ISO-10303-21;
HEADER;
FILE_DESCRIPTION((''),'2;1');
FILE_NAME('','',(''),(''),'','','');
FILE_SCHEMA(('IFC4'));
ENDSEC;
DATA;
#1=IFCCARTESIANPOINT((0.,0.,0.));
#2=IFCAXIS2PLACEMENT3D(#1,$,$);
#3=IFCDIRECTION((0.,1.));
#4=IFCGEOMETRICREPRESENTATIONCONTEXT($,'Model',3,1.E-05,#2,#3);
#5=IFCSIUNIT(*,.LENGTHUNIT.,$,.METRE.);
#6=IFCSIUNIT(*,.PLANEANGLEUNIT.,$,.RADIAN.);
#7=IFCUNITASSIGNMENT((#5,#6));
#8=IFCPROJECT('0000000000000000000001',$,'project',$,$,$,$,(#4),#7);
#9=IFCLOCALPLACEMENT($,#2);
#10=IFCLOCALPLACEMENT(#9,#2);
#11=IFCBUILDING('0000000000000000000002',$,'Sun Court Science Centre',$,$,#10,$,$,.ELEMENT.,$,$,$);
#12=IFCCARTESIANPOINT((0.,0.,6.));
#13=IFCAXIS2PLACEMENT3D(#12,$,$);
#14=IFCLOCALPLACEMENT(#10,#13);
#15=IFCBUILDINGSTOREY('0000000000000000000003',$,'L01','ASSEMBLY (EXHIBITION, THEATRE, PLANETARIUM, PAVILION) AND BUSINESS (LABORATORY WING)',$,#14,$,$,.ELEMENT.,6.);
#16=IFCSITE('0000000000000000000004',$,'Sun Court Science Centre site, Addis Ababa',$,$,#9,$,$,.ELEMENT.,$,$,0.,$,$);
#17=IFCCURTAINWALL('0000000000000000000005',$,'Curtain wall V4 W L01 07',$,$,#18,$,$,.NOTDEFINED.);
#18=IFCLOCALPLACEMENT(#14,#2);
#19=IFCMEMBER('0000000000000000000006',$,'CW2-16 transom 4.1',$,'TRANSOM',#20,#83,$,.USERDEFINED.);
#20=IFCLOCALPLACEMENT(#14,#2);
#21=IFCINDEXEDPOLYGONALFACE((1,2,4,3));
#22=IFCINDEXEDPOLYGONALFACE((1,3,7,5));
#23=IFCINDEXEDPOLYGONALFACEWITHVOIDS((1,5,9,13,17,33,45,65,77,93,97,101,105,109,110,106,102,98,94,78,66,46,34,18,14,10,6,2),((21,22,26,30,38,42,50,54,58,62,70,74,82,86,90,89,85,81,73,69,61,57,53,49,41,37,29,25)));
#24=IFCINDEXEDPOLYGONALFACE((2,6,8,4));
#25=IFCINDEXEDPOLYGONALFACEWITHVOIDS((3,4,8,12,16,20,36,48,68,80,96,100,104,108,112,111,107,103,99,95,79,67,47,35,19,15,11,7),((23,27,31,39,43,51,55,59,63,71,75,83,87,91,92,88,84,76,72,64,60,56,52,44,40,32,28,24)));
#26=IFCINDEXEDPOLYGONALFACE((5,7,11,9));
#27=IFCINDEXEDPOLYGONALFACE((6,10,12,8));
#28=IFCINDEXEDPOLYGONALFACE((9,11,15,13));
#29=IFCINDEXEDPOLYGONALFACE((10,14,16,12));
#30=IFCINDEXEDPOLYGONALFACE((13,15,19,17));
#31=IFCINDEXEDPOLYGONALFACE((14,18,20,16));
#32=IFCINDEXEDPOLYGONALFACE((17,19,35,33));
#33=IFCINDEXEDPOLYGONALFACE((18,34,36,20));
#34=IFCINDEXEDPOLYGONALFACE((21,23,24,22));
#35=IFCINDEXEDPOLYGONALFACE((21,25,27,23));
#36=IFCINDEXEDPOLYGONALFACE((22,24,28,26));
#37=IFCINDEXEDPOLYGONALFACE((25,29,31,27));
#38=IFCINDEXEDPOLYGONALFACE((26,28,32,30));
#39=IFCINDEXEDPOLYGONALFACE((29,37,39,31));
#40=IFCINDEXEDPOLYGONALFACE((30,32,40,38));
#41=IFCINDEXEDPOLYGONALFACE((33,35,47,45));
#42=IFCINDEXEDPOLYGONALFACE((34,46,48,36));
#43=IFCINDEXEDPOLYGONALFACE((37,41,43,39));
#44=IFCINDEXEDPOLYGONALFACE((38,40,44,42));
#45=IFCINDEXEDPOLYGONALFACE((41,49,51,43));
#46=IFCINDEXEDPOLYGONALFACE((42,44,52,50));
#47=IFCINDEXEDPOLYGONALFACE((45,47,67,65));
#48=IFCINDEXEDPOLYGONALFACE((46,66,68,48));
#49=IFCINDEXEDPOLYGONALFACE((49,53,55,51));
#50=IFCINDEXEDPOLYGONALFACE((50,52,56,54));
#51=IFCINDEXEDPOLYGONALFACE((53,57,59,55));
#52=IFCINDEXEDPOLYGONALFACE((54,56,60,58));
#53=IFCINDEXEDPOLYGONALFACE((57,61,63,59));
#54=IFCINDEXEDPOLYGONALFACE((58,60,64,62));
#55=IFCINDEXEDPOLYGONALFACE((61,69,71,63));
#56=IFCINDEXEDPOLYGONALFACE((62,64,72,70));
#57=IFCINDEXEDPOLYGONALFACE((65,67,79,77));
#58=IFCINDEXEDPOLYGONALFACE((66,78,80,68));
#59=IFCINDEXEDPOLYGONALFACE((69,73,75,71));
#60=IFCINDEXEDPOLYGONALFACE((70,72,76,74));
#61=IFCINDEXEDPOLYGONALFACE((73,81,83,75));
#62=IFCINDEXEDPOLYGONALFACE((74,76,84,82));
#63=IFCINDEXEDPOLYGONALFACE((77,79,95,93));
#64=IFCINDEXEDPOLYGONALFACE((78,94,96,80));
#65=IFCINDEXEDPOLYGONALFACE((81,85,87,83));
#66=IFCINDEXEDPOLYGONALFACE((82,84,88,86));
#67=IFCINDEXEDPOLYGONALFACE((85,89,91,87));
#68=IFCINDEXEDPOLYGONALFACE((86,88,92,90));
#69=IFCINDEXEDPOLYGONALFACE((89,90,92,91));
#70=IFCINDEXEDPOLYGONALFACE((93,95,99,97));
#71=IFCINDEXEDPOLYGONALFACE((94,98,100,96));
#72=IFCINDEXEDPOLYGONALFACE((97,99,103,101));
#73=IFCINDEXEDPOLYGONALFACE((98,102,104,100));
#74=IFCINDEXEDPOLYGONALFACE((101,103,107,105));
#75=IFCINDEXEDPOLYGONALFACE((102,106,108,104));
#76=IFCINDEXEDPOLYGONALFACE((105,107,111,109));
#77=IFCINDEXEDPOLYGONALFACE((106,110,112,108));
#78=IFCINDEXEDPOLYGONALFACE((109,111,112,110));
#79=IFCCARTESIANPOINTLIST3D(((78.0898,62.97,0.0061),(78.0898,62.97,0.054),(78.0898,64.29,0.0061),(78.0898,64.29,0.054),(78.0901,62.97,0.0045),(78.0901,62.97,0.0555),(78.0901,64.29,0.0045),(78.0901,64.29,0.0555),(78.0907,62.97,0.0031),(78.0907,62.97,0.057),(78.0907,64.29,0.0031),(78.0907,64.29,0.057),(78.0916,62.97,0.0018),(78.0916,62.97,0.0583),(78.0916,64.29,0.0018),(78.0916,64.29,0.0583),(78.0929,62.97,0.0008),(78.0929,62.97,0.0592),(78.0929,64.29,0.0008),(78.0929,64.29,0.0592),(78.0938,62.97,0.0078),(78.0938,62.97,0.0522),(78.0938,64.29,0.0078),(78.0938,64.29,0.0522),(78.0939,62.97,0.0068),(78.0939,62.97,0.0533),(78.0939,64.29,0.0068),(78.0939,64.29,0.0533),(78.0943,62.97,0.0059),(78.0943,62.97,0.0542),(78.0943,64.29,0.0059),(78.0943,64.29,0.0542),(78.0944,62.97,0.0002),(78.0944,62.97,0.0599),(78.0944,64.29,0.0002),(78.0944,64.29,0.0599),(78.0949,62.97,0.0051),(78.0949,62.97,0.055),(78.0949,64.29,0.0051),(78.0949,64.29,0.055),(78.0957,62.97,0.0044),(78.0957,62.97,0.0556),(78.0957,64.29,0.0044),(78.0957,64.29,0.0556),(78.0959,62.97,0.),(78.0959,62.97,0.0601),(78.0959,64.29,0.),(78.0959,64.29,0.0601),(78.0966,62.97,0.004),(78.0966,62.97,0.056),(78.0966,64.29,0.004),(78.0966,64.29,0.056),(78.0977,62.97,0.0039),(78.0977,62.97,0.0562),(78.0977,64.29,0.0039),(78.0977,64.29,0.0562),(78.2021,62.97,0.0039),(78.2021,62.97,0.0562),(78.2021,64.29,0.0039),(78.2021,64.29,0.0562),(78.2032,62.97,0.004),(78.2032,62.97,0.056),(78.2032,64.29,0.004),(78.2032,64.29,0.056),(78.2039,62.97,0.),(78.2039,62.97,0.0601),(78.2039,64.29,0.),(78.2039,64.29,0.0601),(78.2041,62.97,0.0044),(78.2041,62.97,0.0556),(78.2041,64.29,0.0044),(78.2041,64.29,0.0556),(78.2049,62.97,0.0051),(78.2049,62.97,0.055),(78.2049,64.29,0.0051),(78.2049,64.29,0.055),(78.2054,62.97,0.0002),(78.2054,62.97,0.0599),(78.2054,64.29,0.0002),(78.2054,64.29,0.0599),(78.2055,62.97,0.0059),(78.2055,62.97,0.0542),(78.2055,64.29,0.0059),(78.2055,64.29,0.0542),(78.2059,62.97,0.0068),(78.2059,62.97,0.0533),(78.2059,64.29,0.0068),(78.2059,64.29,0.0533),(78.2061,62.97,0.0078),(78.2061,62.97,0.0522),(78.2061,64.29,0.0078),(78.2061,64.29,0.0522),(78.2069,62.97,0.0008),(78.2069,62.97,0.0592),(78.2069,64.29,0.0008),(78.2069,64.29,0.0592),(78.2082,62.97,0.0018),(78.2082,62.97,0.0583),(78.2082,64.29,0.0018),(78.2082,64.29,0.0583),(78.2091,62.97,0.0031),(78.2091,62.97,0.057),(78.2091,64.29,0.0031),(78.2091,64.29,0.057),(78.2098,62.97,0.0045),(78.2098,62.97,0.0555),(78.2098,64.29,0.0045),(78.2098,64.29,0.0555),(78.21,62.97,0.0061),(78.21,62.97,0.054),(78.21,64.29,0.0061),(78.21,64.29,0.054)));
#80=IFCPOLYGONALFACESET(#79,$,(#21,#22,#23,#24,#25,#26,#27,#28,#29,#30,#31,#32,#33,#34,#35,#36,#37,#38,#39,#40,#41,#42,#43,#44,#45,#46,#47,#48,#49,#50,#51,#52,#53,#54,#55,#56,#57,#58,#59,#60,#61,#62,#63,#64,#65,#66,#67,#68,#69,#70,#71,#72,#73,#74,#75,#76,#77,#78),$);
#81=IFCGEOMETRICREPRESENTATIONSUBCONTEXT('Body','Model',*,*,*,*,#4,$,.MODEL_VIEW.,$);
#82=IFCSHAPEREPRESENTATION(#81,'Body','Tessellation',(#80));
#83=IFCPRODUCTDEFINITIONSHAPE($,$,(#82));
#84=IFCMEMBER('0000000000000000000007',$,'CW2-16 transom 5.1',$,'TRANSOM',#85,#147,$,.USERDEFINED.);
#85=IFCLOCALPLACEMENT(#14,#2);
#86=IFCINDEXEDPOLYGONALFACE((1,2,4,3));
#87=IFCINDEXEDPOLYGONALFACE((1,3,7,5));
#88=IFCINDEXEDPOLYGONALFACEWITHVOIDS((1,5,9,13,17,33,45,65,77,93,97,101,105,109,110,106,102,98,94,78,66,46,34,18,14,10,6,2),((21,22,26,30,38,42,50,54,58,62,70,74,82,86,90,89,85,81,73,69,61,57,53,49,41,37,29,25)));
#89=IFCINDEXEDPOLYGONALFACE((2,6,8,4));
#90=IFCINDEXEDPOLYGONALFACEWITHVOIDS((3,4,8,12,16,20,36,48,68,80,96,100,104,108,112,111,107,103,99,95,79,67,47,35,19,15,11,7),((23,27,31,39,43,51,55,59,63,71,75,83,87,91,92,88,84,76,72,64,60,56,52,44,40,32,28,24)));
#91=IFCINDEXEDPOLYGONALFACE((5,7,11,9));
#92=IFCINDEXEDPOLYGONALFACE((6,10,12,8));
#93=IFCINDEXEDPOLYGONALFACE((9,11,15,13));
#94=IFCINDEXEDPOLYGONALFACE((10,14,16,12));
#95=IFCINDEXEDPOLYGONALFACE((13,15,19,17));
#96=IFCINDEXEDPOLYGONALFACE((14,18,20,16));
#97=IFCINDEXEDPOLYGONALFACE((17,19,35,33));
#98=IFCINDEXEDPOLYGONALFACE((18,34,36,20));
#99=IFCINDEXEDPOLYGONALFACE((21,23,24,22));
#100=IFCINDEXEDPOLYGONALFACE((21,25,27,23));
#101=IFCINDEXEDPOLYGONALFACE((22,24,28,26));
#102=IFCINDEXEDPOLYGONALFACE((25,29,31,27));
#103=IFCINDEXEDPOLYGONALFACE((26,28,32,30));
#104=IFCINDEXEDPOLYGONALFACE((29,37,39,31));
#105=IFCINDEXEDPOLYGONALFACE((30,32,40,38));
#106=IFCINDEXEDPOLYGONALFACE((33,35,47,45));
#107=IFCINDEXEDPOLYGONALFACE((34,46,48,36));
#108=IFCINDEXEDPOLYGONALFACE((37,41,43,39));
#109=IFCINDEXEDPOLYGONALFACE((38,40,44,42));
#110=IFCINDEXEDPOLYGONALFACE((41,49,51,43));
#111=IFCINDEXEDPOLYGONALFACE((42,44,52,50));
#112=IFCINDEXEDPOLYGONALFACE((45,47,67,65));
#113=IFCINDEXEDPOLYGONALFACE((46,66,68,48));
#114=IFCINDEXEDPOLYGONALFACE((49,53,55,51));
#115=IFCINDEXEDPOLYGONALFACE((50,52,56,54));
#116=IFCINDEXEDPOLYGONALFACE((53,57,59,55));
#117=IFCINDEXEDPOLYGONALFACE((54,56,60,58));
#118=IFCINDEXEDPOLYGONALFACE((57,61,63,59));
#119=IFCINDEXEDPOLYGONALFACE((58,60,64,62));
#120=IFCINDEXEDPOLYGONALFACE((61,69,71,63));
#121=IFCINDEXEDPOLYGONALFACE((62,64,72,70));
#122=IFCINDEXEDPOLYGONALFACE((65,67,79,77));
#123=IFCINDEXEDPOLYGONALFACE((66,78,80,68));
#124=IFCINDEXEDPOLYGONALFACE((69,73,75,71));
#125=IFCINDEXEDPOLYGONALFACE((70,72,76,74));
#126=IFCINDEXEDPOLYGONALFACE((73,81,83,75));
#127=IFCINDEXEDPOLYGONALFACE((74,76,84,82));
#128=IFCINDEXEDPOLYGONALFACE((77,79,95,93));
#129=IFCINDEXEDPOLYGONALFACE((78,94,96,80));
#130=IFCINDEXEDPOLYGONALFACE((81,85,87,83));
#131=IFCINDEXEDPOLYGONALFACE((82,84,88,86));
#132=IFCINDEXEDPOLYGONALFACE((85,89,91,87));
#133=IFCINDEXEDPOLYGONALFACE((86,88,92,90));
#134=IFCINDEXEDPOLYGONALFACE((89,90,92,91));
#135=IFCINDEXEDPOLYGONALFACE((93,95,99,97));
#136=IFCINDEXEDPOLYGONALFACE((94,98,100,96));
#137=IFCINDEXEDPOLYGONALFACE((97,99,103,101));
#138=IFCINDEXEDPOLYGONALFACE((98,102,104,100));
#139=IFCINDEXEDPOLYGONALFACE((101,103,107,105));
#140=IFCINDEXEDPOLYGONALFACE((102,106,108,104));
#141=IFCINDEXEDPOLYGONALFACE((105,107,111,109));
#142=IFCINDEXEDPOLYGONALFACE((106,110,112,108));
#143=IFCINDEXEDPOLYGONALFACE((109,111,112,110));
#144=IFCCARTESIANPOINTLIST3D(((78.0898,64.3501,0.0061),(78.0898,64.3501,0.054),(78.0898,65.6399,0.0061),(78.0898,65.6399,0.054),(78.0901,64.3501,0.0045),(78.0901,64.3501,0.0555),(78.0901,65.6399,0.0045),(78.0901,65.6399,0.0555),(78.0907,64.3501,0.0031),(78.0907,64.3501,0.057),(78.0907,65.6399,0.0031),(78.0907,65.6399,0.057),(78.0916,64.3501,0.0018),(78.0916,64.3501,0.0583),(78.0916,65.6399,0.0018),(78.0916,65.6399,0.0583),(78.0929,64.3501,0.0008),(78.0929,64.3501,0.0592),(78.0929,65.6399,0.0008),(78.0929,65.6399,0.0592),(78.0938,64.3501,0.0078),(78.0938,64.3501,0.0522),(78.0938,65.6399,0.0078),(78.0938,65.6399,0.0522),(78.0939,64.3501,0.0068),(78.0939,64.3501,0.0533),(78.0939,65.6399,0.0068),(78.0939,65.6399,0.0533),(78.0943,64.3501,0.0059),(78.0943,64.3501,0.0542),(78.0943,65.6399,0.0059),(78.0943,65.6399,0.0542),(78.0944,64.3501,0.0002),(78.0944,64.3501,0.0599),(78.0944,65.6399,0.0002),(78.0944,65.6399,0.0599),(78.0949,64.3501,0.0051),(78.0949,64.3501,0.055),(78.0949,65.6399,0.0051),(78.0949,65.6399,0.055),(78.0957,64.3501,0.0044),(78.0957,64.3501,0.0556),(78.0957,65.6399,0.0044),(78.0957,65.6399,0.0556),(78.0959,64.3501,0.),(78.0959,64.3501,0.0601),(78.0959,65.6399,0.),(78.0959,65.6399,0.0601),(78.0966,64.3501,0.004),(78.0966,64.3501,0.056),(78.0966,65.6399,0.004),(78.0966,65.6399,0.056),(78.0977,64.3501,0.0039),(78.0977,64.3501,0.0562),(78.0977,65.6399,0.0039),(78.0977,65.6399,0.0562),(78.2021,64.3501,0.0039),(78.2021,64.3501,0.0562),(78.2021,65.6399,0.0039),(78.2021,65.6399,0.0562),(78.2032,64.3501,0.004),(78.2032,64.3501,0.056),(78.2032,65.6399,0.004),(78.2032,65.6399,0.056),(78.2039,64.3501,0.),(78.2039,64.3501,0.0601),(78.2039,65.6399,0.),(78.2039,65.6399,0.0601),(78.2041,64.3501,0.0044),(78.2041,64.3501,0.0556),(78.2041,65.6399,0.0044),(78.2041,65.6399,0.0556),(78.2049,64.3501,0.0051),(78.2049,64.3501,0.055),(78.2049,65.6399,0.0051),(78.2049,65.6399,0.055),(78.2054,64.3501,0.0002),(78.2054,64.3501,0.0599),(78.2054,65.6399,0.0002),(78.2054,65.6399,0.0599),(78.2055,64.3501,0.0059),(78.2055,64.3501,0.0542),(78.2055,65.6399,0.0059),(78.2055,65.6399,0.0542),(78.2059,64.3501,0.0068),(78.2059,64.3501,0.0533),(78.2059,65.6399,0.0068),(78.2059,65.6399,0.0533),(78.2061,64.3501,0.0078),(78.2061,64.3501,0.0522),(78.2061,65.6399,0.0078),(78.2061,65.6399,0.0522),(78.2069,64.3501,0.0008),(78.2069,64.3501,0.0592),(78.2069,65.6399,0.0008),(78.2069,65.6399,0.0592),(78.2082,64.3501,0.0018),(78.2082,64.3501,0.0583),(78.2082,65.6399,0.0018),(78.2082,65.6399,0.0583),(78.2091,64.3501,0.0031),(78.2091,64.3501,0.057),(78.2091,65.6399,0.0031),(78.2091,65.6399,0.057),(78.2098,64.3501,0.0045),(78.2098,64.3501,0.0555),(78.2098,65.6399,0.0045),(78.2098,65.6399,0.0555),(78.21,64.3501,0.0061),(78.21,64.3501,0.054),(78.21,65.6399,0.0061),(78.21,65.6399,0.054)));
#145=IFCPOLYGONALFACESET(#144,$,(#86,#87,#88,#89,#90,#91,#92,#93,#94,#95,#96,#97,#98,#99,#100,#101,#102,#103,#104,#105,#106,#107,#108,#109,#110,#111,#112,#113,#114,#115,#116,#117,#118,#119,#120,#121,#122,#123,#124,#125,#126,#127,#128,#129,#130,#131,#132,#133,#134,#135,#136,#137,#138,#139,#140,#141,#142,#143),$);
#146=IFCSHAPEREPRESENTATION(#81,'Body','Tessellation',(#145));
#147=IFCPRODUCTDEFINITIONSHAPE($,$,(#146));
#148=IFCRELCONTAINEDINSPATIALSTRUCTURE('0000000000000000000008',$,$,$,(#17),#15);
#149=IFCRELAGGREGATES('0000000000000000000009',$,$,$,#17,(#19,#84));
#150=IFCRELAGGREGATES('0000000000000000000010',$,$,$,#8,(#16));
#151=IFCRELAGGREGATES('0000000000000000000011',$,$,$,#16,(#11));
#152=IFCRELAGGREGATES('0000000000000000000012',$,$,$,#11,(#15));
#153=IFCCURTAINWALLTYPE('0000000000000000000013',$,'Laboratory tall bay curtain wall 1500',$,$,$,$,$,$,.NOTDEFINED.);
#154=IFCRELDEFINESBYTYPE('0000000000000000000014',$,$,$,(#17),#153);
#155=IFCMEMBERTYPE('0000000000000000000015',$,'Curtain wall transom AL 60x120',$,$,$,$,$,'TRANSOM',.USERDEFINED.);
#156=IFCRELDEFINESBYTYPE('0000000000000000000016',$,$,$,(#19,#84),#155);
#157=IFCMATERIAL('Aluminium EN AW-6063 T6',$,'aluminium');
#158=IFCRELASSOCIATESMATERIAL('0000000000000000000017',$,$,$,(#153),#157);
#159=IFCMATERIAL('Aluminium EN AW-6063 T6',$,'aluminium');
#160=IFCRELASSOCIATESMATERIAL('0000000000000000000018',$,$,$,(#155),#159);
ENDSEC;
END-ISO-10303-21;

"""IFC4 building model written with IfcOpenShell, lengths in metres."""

from ifc_helpers import new_model, si_unit, direction, frame, origin, origin_2d, place, context, subcontext, project, spatial, hollow_rectangle, extrude, material, material_profile, profile_set, type_object, element, aggregate, save


model = new_model("IFC4")

# Units and contexts
model_context = context("Model", 3, precision=1e-05, world=origin(), true_north=direction((0.0, 1.0)))
body_context = subcontext(model_context, "Body", "Model", "MODEL_VIEW")
ifc_project = project(units=[si_unit("LENGTHUNIT", "METRE"), si_unit("PLANEANGLEUNIT", "RADIAN")], contexts=[model_context])

# Site, building, storey
site_placement = place(None, origin())
site = spatial("IfcSite", under=ifc_project, at=site_placement, Name="Sun Court Science Centre site, Addis Ababa", CompositionType="ELEMENT", RefElevation=0.0)
building_placement = place(site_placement, origin())
building = spatial("IfcBuilding", under=site, at=building_placement, Name="Sun Court Science Centre", CompositionType="ELEMENT")
storey_placement = place(building_placement, frame((0.0, 0.0, 6.0)))
storey = spatial("IfcBuildingStorey", under=building, at=storey_placement, Name="L01", Description="ASSEMBLY (EXHIBITION, THEATRE, PLANETARIUM, PAVILION) AND BUSINESS (LABORATORY WING)", CompositionType="ELEMENT", Elevation=6.0)

# Curtain wall, members
ifc_material_1 = material(Name="Aluminium EN AW-6063 T6", Category="aluminium")
curtain_wall_type = type_object("IfcCurtainWallType", Name="Laboratory tall bay curtain wall 1500", PredefinedType="NOTDEFINED", material=ifc_material_1)
curtain_wall_placement = place(storey_placement, origin())
curtain_wall = element("IfcCurtainWall", 1, at=curtain_wall_placement, inside=storey, type_object=curtain_wall_type, Name="Curtain wall V4 W L01 07", PredefinedType="NOTDEFINED")
ifc_material_2 = material(Name="Aluminium EN AW-6063 T6", Category="aluminium")
ifc_material_profile_1 = material_profile(ifc_material_2, hollow_rectangle(XDim=0.0601, YDim=0.1201, WallThickness=0.0039, InnerFilletRadius=0.0039, OuterFilletRadius=0.0061, at=origin_2d()), Name="AL 60x120x4")
ifc_profile_set_1 = profile_set([ifc_material_profile_1], Name="Aluminium EN AW-6063 T6")
member_type_1 = type_object("IfcMemberType", Name="Curtain wall transom AL 60x120", ElementType="TRANSOM", PredefinedType="USERDEFINED", material=ifc_profile_set_1)
member_1_placement = place(storey_placement, frame((78.1499, 62.97, 0.03), z_axis=(0.0, 1.0, 0.0), x_axis=(0.0, 0.0, 1.0)))
member_1 = element("IfcMember", 2, at=member_1_placement, type_object=member_type_1, Name="CW2-16 transom 4.1", ObjectType="TRANSOM", PredefinedType="USERDEFINED", context=body_context, shape_type="SweptSolid", body=[
    extrude(hollow_rectangle(XDim=0.0601, YDim=0.1201, WallThickness=0.0039, InnerFilletRadius=0.0039, OuterFilletRadius=0.0061, at=origin_2d()), origin(), (0.0, 0.0, 1.0), 1.3201),
])
member_2_placement = place(storey_placement, frame((78.1499, 64.3501, 0.03), z_axis=(0.0, 1.0, 0.0), x_axis=(0.0, 0.0, 1.0)))
member_2 = element("IfcMember", 3, at=member_2_placement, type_object=member_type_1, Name="CW2-16 transom 5.1", ObjectType="TRANSOM", PredefinedType="USERDEFINED", context=body_context, shape_type="SweptSolid", body=[
    extrude(hollow_rectangle(XDim=0.0601, YDim=0.1201, WallThickness=0.0039, InnerFilletRadius=0.0039, OuterFilletRadius=0.0061, at=origin_2d()), origin(), (0.0, 0.0, 1.0), 1.2898),
])

aggregate(curtain_wall, [member_1, member_2])

save(model, "model.ifc")
